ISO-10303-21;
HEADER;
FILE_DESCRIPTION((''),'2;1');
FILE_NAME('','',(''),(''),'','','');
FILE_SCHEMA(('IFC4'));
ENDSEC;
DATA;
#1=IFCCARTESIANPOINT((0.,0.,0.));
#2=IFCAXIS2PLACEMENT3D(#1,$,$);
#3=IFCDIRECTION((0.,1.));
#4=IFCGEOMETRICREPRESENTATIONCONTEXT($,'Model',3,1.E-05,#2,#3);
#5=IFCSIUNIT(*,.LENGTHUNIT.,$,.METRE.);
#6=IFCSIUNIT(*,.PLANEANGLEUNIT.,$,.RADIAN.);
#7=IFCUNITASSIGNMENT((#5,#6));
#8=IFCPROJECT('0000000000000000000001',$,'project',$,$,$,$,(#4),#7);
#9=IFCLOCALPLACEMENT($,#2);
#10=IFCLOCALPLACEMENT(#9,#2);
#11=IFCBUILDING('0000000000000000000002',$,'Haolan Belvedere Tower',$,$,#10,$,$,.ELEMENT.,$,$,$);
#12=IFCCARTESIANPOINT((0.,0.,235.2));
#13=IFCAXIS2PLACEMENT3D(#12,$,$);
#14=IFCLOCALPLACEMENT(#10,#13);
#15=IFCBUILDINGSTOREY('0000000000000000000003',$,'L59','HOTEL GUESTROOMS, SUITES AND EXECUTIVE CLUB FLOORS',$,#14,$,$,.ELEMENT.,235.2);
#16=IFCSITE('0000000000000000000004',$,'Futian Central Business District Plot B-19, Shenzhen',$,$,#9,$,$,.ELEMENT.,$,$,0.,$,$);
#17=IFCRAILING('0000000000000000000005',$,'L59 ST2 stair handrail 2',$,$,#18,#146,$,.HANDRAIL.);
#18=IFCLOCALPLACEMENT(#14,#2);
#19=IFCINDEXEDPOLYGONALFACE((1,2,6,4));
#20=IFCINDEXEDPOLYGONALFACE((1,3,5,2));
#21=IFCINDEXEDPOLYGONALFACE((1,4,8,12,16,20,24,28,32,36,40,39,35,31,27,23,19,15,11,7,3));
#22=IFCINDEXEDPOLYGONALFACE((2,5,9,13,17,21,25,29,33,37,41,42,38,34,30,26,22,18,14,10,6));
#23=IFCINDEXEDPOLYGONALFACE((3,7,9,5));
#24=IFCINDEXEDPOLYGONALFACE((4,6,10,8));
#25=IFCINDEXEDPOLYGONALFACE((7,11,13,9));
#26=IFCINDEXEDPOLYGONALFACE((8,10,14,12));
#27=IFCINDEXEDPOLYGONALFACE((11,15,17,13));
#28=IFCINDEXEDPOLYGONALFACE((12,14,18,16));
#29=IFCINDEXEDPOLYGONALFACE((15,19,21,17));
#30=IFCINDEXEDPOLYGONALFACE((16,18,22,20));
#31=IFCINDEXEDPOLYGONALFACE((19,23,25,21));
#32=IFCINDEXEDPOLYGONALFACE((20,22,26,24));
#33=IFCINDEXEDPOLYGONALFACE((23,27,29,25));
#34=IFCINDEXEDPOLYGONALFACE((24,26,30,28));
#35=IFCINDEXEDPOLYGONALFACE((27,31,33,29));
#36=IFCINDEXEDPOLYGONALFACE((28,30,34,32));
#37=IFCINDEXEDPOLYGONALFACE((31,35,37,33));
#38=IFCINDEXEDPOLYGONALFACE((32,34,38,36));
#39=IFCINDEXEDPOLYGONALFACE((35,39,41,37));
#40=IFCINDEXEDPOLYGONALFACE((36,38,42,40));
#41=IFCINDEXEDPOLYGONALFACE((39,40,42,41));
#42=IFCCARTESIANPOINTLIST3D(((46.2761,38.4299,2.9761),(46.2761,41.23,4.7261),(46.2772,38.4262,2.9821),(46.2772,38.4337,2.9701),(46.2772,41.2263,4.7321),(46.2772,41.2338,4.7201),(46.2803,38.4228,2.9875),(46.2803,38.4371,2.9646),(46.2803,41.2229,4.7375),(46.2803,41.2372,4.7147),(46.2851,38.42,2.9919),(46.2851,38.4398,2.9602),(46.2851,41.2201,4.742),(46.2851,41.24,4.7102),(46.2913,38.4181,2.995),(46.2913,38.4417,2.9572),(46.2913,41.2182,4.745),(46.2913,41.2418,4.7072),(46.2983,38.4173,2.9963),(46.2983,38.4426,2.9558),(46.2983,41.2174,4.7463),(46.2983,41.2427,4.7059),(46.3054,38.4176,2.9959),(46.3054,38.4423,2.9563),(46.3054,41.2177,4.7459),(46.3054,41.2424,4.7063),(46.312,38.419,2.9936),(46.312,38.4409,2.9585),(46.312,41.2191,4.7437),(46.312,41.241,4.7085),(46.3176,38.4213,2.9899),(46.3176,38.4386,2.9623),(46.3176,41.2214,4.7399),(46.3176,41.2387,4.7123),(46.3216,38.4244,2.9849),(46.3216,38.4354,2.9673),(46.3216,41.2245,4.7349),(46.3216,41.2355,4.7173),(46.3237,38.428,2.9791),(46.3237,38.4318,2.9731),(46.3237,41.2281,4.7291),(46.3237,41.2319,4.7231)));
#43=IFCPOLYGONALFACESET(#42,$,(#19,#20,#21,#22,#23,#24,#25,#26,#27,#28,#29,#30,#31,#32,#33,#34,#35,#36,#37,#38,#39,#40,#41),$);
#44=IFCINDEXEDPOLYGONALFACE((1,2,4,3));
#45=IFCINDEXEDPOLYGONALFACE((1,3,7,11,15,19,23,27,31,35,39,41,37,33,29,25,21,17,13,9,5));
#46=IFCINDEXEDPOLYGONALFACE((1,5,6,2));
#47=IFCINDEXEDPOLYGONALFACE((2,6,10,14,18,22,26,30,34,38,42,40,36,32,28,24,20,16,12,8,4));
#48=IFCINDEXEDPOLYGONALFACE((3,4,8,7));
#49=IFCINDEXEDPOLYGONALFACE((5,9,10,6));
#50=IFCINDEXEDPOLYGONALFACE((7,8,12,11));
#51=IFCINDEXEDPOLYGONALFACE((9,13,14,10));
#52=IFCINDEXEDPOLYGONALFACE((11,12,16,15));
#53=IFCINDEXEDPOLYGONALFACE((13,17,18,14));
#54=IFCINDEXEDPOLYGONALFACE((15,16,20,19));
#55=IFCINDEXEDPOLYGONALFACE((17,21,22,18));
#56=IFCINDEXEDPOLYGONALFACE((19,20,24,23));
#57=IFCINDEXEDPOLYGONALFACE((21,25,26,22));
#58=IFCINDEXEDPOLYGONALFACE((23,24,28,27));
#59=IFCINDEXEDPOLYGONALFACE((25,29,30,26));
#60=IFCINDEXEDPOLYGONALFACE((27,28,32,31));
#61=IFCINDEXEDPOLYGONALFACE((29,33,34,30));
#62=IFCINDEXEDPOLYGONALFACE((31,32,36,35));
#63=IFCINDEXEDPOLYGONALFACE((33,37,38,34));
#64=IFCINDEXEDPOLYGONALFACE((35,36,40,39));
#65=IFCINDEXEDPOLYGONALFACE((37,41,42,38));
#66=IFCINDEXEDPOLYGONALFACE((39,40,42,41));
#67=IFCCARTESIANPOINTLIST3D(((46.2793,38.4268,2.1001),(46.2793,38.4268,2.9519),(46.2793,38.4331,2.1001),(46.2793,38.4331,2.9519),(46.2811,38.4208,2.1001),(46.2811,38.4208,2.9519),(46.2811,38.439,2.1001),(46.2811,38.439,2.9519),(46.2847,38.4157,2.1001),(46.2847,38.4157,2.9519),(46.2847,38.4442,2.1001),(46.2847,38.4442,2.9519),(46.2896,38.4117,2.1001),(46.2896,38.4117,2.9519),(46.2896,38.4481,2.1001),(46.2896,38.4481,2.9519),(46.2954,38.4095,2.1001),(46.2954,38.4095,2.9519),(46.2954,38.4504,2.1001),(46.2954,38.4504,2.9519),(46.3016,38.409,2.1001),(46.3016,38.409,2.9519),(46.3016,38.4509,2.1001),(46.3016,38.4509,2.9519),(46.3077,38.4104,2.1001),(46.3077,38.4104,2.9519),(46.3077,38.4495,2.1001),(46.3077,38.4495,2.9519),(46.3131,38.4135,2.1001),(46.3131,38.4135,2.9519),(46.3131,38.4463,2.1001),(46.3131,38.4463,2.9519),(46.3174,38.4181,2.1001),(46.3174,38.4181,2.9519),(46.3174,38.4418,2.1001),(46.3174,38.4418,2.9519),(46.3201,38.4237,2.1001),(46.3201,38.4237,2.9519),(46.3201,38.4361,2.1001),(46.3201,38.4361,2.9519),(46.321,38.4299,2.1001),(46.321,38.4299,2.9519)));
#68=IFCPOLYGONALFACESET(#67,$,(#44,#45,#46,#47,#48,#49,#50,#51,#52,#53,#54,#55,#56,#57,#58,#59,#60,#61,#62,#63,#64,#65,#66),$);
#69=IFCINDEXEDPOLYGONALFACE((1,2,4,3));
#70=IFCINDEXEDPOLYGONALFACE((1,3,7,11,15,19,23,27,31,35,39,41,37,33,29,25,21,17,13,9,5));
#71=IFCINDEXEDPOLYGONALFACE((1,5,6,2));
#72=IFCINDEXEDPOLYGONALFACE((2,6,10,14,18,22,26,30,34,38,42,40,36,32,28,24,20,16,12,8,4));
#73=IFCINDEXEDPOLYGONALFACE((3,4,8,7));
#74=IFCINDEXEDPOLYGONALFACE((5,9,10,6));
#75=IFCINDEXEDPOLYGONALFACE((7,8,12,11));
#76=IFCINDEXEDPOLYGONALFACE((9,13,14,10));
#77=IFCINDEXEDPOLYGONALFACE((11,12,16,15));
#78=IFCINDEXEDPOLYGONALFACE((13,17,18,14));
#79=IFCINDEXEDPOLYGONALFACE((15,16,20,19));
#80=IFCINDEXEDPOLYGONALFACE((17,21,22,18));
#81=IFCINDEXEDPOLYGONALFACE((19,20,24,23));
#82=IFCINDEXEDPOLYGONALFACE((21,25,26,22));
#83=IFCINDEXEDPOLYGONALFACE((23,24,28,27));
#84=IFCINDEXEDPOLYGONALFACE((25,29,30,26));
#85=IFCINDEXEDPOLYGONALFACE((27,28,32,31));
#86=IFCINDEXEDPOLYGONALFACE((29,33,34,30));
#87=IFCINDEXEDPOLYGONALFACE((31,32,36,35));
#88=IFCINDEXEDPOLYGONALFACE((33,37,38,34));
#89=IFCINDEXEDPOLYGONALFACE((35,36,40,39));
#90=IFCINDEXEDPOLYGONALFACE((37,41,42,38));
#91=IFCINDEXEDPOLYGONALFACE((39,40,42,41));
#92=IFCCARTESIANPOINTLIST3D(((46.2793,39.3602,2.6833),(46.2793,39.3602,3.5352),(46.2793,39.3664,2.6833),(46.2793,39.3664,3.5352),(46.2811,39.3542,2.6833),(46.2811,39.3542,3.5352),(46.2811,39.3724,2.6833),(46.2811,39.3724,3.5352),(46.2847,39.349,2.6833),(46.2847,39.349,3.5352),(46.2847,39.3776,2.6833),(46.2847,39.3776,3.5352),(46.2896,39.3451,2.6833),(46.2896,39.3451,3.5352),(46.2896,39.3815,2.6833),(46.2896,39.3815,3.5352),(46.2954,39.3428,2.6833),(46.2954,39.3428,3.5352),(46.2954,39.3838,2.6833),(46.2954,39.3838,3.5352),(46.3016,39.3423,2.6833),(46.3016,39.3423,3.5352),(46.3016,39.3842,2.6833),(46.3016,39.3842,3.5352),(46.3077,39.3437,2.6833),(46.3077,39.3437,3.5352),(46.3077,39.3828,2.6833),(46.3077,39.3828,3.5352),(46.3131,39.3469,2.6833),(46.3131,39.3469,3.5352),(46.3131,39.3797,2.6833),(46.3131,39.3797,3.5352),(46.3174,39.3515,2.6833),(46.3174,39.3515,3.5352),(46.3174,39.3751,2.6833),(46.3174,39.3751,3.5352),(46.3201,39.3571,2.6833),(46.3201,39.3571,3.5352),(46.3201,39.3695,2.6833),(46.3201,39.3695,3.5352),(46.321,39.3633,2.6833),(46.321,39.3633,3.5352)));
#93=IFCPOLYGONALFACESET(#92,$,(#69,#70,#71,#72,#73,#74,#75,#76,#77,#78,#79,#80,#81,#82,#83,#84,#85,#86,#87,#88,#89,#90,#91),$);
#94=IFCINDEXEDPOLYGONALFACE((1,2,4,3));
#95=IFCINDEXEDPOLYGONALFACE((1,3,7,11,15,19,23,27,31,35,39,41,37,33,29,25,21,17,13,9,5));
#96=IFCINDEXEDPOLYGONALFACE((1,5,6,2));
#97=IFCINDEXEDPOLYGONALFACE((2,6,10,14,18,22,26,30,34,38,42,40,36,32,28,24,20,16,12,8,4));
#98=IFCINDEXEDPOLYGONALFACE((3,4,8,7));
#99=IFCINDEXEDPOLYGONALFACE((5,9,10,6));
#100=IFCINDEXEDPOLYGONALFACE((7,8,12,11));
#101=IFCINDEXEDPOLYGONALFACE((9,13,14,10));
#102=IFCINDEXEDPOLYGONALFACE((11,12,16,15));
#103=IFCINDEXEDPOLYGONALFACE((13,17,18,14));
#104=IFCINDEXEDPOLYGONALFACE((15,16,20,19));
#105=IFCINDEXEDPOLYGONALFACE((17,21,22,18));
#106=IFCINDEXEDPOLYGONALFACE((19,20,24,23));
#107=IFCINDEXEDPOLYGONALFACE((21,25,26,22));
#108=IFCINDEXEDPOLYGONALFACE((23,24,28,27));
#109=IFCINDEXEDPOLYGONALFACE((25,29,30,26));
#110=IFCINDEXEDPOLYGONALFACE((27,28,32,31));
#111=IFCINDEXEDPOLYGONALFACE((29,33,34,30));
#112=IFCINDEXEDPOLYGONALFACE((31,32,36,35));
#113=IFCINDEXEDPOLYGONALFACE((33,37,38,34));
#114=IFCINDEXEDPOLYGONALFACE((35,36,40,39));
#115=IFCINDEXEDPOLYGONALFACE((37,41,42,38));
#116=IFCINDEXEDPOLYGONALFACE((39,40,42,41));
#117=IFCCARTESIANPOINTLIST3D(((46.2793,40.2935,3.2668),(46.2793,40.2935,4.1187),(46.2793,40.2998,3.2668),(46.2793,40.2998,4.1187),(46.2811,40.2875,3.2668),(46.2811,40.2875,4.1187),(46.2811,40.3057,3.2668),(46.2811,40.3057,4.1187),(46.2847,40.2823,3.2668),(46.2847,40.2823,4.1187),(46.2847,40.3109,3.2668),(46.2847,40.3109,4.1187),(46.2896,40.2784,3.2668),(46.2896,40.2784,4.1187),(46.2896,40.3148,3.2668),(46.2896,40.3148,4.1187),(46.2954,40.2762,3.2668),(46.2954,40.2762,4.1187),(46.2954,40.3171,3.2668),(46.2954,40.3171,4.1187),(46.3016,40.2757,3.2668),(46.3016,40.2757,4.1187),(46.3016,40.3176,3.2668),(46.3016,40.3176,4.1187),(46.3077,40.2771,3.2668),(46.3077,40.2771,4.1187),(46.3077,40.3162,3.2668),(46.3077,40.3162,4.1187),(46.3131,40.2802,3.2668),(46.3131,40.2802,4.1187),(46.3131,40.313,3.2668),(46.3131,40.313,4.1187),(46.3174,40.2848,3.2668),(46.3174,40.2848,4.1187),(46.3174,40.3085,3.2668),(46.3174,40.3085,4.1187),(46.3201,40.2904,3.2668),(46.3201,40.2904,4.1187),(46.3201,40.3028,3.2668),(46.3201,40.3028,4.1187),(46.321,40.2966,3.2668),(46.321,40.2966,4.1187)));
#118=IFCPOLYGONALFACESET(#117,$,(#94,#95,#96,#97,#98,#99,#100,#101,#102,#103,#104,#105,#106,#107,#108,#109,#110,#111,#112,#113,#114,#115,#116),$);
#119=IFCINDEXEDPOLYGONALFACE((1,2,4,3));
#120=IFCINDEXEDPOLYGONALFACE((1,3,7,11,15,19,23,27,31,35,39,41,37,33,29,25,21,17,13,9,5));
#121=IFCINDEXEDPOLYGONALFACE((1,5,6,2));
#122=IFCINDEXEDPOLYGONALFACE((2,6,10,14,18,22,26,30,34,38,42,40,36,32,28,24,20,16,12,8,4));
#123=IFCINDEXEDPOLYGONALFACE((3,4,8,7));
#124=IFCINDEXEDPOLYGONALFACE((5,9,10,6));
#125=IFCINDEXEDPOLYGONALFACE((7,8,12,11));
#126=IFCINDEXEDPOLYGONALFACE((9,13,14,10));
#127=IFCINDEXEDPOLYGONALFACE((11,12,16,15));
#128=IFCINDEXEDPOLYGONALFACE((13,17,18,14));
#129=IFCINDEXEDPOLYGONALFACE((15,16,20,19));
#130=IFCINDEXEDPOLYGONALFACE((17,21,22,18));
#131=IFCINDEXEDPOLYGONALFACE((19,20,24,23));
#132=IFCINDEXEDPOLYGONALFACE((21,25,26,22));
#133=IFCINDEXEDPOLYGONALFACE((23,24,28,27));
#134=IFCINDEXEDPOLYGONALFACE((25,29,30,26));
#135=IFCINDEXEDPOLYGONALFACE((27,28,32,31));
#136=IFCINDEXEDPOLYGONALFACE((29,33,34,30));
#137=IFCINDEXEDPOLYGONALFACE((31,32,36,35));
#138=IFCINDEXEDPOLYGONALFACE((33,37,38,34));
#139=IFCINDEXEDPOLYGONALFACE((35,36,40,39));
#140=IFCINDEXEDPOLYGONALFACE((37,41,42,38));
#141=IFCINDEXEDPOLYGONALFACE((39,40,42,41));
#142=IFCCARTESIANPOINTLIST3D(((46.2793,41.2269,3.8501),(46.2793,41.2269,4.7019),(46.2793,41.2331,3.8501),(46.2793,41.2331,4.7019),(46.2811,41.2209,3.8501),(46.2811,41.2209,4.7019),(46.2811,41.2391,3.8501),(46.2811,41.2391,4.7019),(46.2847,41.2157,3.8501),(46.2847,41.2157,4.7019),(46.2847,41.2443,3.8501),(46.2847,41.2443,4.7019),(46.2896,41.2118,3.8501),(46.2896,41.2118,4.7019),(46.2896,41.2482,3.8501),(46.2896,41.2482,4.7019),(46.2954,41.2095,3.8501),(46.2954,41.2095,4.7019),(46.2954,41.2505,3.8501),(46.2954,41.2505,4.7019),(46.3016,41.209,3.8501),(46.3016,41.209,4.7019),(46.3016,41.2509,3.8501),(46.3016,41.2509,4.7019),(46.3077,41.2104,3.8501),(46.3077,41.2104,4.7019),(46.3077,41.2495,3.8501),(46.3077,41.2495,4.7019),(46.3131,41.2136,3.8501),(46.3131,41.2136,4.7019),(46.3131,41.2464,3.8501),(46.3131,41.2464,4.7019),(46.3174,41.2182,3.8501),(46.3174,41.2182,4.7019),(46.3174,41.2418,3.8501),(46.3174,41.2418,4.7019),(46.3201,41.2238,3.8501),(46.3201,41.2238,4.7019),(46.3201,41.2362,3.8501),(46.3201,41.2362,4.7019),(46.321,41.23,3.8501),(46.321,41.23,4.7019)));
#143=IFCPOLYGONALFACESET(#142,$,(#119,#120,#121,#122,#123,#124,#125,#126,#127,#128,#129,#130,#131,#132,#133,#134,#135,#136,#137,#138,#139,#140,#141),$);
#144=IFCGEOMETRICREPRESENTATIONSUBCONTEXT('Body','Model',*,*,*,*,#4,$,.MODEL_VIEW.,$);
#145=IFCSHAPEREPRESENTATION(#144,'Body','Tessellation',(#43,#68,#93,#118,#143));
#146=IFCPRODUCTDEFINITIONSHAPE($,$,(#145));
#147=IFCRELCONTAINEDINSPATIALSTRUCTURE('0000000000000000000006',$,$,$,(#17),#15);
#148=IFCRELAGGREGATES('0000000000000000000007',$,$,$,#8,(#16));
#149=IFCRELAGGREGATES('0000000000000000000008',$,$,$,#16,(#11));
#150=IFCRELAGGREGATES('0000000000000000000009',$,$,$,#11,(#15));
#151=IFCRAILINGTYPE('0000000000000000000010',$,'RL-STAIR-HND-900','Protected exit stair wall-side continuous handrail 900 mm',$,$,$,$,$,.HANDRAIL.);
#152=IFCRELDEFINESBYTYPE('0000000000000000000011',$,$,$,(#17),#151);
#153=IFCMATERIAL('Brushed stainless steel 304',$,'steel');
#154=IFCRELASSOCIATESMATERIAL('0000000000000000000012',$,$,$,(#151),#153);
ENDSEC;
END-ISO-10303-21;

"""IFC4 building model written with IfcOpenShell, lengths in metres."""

from ifc_helpers import new_model, si_unit, direction, frame, origin, origin_2d, place, context, subcontext, project, spatial, circle, extrude, material, type_object, element, save


model = new_model("IFC4")

# Units and contexts
model_context = context("Model", 3, precision=1e-05, world=origin(), true_north=direction((0.0, 1.0)))
body_context = subcontext(model_context, "Body", "Model", "MODEL_VIEW")
ifc_project = project(units=[si_unit("LENGTHUNIT", "METRE"), si_unit("PLANEANGLEUNIT", "RADIAN")], contexts=[model_context])

# Site, building, storey
site_placement = place(None, origin())
site = spatial("IfcSite", under=ifc_project, at=site_placement, Name="Futian Central Business District Plot B-19, Shenzhen", CompositionType="ELEMENT", RefElevation=0.0)
building_placement = place(site_placement, origin())
building = spatial("IfcBuilding", under=site, at=building_placement, Name="Haolan Belvedere Tower", CompositionType="ELEMENT")
storey_placement = place(building_placement, frame((0.0, 0.0, 235.2)))
storey = spatial("IfcBuildingStorey", under=building, at=storey_placement, Name="L59", Description="HOTEL GUESTROOMS, SUITES AND EXECUTIVE CLUB FLOORS", CompositionType="ELEMENT", Elevation=235.2)

# Railing
ifc_material_1 = material(Name="Brushed stainless steel 304", Category="steel")
railing_type_1 = type_object("IfcRailingType", Name="RL-STAIR-HND-900", Description="Protected exit stair wall-side continuous handrail 900 mm", PredefinedType="HANDRAIL", material=ifc_material_1)
railing_1_placement = place(storey_placement, frame((46.3, 38.4299, 2.1001)))
element("IfcRailing", 1, at=railing_1_placement, inside=storey, type_object=railing_type_1, Name="L59 ST2 stair handrail 2", PredefinedType="HANDRAIL", context=body_context, shape_type="SweptSolid", body=[
    extrude(circle(Radius=0.0239, at=origin_2d()), frame((0.0, 0.0, 0.876), z_axis=(0.0, 0.848002, 0.529992), x_axis=(-1.0, 0.0, 0.0)), (0.0, 0.0, 1.0), 3.302),
    extrude(circle(Radius=0.021, at=origin_2d()), origin(), (0.0, 0.0, 1.0), 0.8518),
    extrude(circle(Radius=0.021, at=origin_2d()), frame((0.0, 0.9333, 0.5833)), (0.0, 0.0, 1.0), 0.8518),
    extrude(circle(Radius=0.021, at=origin_2d()), frame((0.0, 1.8667, 1.1667)), (0.0, 0.0, 1.0), 0.8518),
    extrude(circle(Radius=0.021, at=origin_2d()), frame((0.0, 2.8, 1.75)), (0.0, 0.0, 1.0), 0.8518),
])

save(model, "model.ifc")
